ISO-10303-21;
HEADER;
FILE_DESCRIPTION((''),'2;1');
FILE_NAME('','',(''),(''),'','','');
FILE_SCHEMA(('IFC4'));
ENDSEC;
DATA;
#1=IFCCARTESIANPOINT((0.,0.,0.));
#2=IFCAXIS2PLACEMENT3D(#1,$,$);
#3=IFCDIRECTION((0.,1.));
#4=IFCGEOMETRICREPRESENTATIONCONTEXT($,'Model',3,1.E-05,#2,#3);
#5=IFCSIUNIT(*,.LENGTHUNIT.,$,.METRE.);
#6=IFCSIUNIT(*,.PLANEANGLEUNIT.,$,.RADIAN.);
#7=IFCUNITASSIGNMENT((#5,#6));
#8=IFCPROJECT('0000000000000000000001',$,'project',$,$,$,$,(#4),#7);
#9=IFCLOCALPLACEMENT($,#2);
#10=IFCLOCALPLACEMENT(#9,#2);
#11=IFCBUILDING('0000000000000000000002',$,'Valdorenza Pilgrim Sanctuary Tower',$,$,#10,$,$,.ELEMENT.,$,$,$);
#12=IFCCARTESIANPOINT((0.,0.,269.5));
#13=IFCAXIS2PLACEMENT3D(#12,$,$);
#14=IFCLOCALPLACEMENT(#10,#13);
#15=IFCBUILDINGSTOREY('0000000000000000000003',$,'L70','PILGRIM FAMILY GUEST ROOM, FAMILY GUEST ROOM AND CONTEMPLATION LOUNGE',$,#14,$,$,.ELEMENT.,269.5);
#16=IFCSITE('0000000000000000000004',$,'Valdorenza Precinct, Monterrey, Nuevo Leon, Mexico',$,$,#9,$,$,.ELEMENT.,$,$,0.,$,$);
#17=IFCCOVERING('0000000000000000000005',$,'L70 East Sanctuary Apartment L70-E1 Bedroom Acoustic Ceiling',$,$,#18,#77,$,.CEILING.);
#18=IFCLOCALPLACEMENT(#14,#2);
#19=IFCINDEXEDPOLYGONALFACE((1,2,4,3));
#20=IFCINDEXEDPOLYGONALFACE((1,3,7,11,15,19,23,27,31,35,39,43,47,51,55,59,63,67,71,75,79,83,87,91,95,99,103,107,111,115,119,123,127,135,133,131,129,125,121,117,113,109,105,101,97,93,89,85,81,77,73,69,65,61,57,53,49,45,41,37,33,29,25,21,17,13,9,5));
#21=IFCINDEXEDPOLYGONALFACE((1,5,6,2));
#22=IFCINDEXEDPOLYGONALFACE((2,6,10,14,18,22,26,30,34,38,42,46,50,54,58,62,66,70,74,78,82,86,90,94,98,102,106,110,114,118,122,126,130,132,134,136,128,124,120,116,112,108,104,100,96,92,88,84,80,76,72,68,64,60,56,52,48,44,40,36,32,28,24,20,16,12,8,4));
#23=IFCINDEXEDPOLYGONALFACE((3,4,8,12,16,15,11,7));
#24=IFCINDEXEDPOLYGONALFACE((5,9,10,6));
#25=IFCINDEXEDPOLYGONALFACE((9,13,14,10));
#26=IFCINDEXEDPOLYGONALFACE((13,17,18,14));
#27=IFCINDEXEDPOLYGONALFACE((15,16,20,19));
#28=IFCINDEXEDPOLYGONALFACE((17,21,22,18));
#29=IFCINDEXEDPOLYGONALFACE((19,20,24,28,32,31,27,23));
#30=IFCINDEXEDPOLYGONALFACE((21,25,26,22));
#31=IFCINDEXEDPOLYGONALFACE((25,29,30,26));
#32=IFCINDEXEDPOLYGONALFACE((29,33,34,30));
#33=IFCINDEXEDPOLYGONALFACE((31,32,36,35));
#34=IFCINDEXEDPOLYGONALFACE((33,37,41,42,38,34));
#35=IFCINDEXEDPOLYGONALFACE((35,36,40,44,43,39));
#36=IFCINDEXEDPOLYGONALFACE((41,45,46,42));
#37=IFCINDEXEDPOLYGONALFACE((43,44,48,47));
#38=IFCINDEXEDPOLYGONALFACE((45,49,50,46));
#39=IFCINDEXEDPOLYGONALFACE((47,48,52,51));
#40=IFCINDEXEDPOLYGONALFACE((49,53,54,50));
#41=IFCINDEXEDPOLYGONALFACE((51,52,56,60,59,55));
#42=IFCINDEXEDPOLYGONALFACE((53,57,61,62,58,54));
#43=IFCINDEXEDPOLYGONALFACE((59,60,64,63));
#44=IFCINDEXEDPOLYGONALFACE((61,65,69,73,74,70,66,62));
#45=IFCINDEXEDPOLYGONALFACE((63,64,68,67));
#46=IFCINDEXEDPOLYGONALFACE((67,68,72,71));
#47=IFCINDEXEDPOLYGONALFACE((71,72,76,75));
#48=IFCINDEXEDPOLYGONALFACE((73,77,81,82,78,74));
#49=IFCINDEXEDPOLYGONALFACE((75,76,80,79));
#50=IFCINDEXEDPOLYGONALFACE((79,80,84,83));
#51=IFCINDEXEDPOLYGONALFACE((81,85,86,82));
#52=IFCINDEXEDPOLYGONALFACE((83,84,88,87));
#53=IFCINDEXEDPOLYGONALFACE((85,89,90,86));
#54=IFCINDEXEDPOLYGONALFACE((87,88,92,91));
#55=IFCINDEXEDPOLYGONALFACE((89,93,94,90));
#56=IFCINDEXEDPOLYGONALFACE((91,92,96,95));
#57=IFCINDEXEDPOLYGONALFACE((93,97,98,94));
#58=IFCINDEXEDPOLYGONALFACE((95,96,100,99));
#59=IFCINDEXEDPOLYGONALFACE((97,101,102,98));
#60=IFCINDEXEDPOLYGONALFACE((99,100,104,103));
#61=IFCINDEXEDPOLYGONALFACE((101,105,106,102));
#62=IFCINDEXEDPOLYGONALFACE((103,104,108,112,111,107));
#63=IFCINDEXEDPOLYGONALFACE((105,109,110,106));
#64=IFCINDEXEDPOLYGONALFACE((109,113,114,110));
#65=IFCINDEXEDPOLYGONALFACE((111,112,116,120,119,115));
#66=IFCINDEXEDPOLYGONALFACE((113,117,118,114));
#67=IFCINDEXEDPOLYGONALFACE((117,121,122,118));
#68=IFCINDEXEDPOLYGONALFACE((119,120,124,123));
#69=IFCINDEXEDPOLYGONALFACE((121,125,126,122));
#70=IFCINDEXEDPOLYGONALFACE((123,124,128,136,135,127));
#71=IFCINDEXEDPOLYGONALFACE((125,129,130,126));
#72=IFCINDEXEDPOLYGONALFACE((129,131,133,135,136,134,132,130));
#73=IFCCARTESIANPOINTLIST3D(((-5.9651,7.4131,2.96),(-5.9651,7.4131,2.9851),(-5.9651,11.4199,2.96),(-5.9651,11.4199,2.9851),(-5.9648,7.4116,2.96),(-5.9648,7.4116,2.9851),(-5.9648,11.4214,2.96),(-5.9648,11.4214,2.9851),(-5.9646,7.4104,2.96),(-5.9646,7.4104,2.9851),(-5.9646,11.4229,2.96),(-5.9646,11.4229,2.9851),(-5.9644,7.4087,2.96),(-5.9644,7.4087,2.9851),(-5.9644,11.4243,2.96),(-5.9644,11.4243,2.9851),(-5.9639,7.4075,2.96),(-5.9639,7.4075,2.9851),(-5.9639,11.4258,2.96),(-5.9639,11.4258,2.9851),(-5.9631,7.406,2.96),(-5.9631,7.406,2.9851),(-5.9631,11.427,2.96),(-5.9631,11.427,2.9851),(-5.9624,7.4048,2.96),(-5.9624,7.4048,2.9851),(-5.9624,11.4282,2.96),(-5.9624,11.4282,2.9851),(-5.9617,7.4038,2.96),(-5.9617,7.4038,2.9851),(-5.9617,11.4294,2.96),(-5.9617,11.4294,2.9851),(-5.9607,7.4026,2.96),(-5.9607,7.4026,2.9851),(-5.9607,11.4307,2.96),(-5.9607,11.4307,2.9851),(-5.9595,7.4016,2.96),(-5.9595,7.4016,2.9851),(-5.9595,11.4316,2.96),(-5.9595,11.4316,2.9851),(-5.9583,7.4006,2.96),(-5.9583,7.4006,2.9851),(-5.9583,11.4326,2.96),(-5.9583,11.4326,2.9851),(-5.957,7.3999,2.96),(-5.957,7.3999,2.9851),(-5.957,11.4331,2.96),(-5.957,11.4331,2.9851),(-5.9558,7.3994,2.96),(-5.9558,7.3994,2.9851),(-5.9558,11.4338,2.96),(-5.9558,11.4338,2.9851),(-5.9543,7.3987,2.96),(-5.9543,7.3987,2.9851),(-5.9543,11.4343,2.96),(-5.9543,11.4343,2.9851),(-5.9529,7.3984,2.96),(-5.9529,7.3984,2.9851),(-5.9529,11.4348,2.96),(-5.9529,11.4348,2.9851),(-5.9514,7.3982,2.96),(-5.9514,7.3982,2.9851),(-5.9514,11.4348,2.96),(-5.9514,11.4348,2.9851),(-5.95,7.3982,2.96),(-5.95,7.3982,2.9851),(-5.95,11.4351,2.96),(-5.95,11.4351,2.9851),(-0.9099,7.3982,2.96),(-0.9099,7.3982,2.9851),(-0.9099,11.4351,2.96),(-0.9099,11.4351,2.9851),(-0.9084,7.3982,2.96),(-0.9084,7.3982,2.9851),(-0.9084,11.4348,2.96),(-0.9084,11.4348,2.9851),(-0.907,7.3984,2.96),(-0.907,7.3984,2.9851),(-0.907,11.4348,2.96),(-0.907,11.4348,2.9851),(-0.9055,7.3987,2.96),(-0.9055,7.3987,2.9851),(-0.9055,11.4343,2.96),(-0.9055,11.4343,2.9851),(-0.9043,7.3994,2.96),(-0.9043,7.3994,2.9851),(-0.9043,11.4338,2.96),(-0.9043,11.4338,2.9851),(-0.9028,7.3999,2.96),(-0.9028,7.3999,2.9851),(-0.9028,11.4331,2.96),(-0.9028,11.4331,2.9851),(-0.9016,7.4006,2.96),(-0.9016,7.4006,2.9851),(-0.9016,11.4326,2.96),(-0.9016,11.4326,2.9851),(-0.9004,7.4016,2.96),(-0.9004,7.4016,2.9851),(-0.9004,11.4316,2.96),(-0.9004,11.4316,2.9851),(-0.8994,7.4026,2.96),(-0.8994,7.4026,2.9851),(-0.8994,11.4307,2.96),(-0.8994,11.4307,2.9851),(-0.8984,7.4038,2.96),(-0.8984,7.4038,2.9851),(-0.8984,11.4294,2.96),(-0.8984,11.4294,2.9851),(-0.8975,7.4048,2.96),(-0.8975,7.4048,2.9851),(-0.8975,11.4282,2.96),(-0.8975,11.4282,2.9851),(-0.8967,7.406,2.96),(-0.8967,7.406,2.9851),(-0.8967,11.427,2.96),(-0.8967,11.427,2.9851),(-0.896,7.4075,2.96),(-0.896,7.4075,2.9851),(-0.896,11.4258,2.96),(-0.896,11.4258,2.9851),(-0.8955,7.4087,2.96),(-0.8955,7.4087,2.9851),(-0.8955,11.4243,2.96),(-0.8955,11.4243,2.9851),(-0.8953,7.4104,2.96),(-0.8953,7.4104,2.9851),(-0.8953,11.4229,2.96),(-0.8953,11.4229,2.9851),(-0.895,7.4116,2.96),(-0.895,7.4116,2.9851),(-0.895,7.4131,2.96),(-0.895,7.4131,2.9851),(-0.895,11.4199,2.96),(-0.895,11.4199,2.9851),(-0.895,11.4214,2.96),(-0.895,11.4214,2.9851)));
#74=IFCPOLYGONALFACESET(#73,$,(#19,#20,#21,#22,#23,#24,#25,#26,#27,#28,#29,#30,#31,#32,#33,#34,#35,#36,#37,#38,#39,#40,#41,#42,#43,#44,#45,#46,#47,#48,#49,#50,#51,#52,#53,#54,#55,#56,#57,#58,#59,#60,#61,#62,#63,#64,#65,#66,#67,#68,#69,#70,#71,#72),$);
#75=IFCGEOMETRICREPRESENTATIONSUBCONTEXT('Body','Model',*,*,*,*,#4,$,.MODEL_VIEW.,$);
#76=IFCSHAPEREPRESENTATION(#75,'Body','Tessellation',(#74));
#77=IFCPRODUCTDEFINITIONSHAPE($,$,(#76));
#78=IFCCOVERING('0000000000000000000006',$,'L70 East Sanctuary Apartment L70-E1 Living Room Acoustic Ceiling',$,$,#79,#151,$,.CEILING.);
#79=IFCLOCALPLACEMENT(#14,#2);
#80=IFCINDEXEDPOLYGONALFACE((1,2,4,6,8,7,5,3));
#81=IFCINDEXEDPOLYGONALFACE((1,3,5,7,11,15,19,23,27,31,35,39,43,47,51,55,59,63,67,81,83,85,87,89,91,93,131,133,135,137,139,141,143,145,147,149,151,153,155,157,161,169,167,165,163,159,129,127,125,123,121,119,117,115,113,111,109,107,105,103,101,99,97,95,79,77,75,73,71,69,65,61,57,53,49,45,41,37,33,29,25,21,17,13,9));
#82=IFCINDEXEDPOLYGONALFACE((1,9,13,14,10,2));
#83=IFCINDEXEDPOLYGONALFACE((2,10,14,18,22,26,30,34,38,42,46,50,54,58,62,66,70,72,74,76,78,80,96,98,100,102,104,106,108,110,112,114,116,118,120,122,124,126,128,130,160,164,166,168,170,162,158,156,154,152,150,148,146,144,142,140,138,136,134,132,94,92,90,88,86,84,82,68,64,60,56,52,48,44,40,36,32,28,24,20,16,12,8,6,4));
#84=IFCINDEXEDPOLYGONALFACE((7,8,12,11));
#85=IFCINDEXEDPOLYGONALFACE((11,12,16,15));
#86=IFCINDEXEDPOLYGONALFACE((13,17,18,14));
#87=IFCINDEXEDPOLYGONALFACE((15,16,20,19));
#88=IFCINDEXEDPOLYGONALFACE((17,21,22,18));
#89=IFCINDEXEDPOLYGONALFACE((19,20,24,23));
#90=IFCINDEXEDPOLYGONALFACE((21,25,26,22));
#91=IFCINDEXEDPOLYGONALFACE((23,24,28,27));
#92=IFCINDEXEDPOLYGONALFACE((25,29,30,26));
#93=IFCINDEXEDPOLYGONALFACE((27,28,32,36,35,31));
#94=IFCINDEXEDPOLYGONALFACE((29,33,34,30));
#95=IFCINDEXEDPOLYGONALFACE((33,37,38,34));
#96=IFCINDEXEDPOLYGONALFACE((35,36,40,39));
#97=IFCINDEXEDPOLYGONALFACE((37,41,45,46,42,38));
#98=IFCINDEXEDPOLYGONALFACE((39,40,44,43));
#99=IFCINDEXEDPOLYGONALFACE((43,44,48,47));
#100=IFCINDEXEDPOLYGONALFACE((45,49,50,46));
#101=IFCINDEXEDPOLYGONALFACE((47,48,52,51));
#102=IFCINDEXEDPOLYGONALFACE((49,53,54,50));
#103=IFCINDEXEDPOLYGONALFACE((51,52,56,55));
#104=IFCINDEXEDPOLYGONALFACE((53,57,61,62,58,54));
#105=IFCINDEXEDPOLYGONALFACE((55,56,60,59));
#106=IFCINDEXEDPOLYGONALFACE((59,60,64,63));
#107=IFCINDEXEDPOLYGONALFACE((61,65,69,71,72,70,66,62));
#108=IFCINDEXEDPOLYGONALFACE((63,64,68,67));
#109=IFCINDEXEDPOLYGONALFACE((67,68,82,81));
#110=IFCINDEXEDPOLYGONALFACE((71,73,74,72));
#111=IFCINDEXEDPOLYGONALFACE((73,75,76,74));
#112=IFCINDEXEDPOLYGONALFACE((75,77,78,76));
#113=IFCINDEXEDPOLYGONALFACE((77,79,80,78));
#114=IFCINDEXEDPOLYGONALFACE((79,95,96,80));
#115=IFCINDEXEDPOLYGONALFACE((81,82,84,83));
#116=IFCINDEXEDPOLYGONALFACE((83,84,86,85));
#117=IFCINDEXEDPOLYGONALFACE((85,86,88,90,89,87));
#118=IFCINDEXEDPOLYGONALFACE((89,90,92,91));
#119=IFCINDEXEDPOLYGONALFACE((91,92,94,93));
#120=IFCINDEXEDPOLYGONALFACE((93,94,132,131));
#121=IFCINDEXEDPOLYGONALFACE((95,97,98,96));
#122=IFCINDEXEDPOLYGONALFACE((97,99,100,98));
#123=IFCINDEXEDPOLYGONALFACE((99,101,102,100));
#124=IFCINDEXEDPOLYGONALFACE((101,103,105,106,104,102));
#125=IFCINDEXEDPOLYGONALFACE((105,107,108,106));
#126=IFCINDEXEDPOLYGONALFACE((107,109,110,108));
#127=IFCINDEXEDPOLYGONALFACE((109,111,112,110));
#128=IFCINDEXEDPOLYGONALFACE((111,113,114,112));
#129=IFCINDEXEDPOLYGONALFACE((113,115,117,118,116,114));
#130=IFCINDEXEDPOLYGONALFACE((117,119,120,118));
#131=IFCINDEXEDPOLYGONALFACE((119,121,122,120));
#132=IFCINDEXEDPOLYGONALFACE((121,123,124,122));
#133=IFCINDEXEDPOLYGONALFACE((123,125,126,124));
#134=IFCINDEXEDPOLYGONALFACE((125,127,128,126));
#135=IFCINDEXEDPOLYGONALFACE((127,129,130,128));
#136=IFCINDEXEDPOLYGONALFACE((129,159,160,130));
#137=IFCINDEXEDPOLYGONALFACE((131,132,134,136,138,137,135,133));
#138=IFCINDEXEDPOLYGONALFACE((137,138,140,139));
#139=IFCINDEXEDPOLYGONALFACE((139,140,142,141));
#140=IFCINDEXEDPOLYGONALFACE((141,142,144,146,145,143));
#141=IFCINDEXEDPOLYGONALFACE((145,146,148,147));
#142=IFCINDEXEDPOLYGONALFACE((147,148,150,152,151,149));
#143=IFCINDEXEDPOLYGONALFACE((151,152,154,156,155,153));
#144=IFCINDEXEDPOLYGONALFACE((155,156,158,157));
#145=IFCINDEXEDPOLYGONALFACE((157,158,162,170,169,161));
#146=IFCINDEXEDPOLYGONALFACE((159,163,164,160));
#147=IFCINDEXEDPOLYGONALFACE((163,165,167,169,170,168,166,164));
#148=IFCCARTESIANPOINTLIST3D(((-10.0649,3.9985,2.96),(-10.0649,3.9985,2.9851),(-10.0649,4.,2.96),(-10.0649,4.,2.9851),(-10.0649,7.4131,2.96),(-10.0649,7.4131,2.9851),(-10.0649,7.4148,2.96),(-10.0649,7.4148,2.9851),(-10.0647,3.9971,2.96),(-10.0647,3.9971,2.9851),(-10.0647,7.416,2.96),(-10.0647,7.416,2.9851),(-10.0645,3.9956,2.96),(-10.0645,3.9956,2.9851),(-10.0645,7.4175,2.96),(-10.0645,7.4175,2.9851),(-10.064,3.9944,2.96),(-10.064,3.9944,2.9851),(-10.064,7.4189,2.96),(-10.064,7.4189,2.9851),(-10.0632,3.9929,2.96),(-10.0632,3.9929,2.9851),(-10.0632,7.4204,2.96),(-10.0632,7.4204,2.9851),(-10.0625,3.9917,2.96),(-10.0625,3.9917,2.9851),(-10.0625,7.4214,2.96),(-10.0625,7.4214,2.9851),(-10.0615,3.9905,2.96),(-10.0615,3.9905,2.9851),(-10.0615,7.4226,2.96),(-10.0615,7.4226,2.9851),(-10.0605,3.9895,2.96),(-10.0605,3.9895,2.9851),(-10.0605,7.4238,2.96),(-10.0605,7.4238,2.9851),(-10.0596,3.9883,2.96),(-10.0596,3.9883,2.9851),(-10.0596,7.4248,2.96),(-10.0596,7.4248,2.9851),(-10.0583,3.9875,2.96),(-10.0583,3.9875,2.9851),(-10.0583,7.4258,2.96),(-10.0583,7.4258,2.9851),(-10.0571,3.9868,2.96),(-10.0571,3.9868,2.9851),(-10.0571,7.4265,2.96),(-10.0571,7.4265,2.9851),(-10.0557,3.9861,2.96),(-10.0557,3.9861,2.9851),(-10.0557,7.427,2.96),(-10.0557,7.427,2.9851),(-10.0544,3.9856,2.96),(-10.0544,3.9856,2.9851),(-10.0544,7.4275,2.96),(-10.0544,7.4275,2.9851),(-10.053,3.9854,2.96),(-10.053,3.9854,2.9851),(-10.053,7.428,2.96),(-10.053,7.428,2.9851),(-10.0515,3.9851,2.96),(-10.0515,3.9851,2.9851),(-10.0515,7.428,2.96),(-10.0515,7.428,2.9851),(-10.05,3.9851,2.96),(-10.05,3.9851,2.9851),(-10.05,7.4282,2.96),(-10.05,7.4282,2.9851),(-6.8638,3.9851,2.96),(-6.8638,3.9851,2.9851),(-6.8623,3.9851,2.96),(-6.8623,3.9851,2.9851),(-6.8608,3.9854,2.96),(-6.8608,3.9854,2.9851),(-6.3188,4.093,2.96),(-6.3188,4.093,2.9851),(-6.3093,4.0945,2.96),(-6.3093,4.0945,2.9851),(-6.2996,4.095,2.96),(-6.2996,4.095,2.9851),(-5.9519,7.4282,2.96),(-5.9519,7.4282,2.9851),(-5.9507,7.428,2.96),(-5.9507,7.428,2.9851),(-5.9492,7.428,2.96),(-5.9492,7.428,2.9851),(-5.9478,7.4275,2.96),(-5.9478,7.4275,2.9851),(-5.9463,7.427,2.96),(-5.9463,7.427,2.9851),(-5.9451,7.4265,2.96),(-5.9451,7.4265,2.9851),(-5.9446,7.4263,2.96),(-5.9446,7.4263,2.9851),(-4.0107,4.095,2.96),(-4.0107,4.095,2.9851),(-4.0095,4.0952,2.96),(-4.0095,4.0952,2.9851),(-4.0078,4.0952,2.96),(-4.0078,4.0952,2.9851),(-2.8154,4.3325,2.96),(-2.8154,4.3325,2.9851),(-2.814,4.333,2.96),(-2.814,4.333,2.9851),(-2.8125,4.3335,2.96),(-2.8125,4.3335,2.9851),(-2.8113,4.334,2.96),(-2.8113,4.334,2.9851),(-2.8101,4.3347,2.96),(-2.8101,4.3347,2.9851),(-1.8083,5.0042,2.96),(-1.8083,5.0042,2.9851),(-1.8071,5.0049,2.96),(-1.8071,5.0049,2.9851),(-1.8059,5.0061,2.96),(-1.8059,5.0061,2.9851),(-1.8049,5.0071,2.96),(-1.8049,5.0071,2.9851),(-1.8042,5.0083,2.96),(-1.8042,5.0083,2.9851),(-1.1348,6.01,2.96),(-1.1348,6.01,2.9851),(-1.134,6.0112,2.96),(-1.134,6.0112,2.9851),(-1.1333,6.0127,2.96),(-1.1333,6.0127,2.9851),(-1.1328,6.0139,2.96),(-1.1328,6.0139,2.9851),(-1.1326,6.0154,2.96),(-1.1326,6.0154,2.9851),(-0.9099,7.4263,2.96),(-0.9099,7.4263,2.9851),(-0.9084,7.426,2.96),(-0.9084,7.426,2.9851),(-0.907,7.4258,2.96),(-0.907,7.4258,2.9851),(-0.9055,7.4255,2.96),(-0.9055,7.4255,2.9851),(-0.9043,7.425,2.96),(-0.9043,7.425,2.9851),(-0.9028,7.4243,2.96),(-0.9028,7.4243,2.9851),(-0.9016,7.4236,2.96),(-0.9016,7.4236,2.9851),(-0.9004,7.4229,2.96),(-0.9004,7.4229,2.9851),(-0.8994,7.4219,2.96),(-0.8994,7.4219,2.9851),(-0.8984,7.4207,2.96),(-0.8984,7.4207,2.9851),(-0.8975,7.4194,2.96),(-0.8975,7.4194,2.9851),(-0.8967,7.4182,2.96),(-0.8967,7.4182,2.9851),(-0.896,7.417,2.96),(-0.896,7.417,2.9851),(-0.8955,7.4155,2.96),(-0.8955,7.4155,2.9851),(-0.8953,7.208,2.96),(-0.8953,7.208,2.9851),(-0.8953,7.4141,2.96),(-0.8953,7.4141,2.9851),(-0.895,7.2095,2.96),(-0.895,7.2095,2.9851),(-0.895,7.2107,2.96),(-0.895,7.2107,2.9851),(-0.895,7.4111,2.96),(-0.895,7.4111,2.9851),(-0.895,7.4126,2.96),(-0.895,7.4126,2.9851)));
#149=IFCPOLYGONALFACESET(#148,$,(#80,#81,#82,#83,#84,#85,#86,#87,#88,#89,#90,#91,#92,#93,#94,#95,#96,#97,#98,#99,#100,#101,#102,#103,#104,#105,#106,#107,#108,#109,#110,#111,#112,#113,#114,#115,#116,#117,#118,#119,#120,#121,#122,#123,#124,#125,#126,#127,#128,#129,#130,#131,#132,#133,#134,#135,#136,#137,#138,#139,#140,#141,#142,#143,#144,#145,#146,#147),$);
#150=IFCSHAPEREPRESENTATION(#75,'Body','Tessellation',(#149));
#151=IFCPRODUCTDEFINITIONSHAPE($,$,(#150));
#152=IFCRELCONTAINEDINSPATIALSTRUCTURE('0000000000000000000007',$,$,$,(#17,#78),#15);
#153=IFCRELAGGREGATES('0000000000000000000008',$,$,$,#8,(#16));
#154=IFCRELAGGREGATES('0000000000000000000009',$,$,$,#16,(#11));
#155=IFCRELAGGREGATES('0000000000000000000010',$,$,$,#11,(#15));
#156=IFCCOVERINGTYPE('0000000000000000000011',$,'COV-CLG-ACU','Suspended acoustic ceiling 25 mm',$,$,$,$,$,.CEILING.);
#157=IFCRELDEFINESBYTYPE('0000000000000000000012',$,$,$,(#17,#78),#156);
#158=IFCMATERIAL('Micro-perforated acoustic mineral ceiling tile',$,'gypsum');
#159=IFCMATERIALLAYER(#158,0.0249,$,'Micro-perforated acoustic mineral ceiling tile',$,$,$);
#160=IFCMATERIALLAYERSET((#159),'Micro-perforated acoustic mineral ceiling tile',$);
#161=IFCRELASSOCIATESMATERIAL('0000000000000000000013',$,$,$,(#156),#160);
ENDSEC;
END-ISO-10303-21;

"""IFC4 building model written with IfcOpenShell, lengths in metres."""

from ifc_helpers import new_model, si_unit, direction, frame, origin, place, context, subcontext, project, spatial, polyline, outline, extrude, material, layer, layer_set, type_object, element, save


model = new_model("IFC4")

# Units and contexts
model_context = context("Model", 3, precision=1e-05, world=origin(), true_north=direction((0.0, 1.0)))
body_context = subcontext(model_context, "Body", "Model", "MODEL_VIEW")
ifc_project = project(units=[si_unit("LENGTHUNIT", "METRE"), si_unit("PLANEANGLEUNIT", "RADIAN")], contexts=[model_context])

# Site, building, storey
site_placement = place(None, origin())
site = spatial("IfcSite", under=ifc_project, at=site_placement, Name="Valdorenza Precinct, Monterrey, Nuevo Leon, Mexico", CompositionType="ELEMENT", RefElevation=0.0)
building_placement = place(site_placement, origin())
building = spatial("IfcBuilding", under=site, at=building_placement, Name="Valdorenza Pilgrim Sanctuary Tower", CompositionType="ELEMENT")
storey_placement = place(building_placement, frame((0.0, 0.0, 269.5)))
storey = spatial("IfcBuildingStorey", under=building, at=storey_placement, Name="L70", Description="PILGRIM FAMILY GUEST ROOM, FAMILY GUEST ROOM AND CONTEMPLATION LOUNGE", CompositionType="ELEMENT", Elevation=269.5)

# Coverings
ifc_material_1 = material(Name="Micro-perforated acoustic mineral ceiling tile", Category="gypsum")
ifc_layer_1 = layer(ifc_material_1, 0.0249, Name="Micro-perforated acoustic mineral ceiling tile")
ifc_layer_set_1 = layer_set([ifc_layer_1], Name="Micro-perforated acoustic mineral ceiling tile")
covering_type_1 = type_object("IfcCoveringType", Name="COV-CLG-ACU", Description="Suspended acoustic ceiling 25 mm", PredefinedType="CEILING", material=ifc_layer_set_1)
covering_1_placement = place(storey_placement, frame((0.0, 0.0, 2.96)))
element("IfcCovering", 1, at=covering_1_placement, inside=storey, type_object=covering_type_1, Name="L70 East Sanctuary Apartment L70-E1 Bedroom Acoustic Ceiling", PredefinedType="CEILING", context=body_context, shape_type="SweptSolid", body=[
    extrude(outline(polyline([(-5.9651, 11.4199), (-5.9648, 11.4214), (-5.9646, 11.4229), (-5.9644, 11.4243), (-5.9639, 11.4258), (-5.9631, 11.427), (-5.9624, 11.4282), (-5.9617, 11.4294), (-5.9607, 11.4307), (-5.9595, 11.4316), (-5.9583, 11.4326), (-5.957, 11.4331), (-5.9558, 11.4338), (-5.9543, 11.4343), (-5.9529, 11.4348), (-5.9514, 11.4348), (-5.95, 11.4351), (-0.9099, 11.4351), (-0.9084, 11.4348), (-0.907, 11.4348), (-0.9055, 11.4343), (-0.9043, 11.4338), (-0.9028, 11.4331), (-0.9016, 11.4326), (-0.9004, 11.4316), (-0.8994, 11.4307), (-0.8984, 11.4294), (-0.8975, 11.4282), (-0.8967, 11.427), (-0.896, 11.4258), (-0.8955, 11.4243), (-0.8953, 11.4229), (-0.895, 11.4214), (-0.895, 11.4199), (-0.895, 7.4131), (-0.895, 7.4116), (-0.8953, 7.4104), (-0.8955, 7.4087), (-0.896, 7.4075), (-0.8967, 7.406), (-0.8975, 7.4048), (-0.8984, 7.4038), (-0.8994, 7.4026), (-0.9004, 7.4016), (-0.9016, 7.4006), (-0.9028, 7.3999), (-0.9043, 7.3994), (-0.9055, 7.3987), (-0.907, 7.3984), (-0.9084, 7.3982), (-0.9099, 7.3982), (-5.95, 7.3982), (-5.9514, 7.3982), (-5.9529, 7.3984), (-5.9543, 7.3987), (-5.9558, 7.3994), (-5.957, 7.3999), (-5.9583, 7.4006), (-5.9595, 7.4016), (-5.9607, 7.4026), (-5.9617, 7.4038), (-5.9624, 7.4048), (-5.9631, 7.406), (-5.9639, 7.4075), (-5.9644, 7.4087), (-5.9646, 7.4104), (-5.9648, 7.4116), (-5.9651, 7.4131), (-5.9651, 11.4199)])), origin(), (0.0, 0.0, 1.0), 0.0251),
])
covering_2_placement = place(storey_placement, frame((0.0, 0.0, 2.96)))
element("IfcCovering", 2, at=covering_2_placement, inside=storey, type_object=covering_type_1, Name="L70 East Sanctuary Apartment L70-E1 Living Room Acoustic Ceiling", PredefinedType="CEILING", context=body_context, shape_type="SweptSolid", body=[
    extrude(outline(polyline([(-10.0649, 7.4131), (-10.0649, 7.4148), (-10.0647, 7.416), (-10.0645, 7.4175), (-10.064, 7.4189), (-10.0632, 7.4204), (-10.0625, 7.4214), (-10.0615, 7.4226), (-10.0605, 7.4238), (-10.0596, 7.4248), (-10.0583, 7.4258), (-10.0571, 7.4265), (-10.0557, 7.427), (-10.0544, 7.4275), (-10.053, 7.428), (-10.0515, 7.428), (-10.05, 7.4282), (-5.9519, 7.4282), (-5.9507, 7.428), (-5.9492, 7.428), (-5.9478, 7.4275), (-5.9463, 7.427), (-5.9451, 7.4265), (-5.9446, 7.4263), (-0.9099, 7.4263), (-0.9084, 7.426), (-0.907, 7.4258), (-0.9055, 7.4255), (-0.9043, 7.425), (-0.9028, 7.4243), (-0.9016, 7.4236), (-0.9004, 7.4229), (-0.8994, 7.4219), (-0.8984, 7.4207), (-0.8975, 7.4194), (-0.8967, 7.4182), (-0.896, 7.417), (-0.8955, 7.4155), (-0.8953, 7.4141), (-0.895, 7.4126), (-0.895, 7.4111), (-0.895, 7.2107), (-0.895, 7.2095), (-0.8953, 7.208), (-1.1326, 6.0154), (-1.1328, 6.0139), (-1.1333, 6.0127), (-1.134, 6.0112), (-1.1348, 6.01), (-1.8042, 5.0083), (-1.8049, 5.0071), (-1.8059, 5.0061), (-1.8071, 5.0049), (-1.8083, 5.0042), (-2.8101, 4.3347), (-2.8113, 4.334), (-2.8125, 4.3335), (-2.814, 4.333), (-2.8154, 4.3325), (-4.0078, 4.0952), (-4.0095, 4.0952), (-4.0107, 4.095), (-6.2996, 4.095), (-6.3093, 4.0945), (-6.3188, 4.093), (-6.8608, 3.9854), (-6.8623, 3.9851), (-6.8638, 3.9851), (-10.05, 3.9851), (-10.0515, 3.9851), (-10.053, 3.9854), (-10.0544, 3.9856), (-10.0557, 3.9861), (-10.0571, 3.9868), (-10.0583, 3.9875), (-10.0596, 3.9883), (-10.0605, 3.9895), (-10.0615, 3.9905), (-10.0625, 3.9917), (-10.0632, 3.9929), (-10.064, 3.9944), (-10.0645, 3.9956), (-10.0647, 3.9971), (-10.0649, 3.9985), (-10.0649, 4.0), (-10.0649, 7.4131)])), origin(), (0.0, 0.0, 1.0), 0.0251),
])

save(model, "model.ifc")
